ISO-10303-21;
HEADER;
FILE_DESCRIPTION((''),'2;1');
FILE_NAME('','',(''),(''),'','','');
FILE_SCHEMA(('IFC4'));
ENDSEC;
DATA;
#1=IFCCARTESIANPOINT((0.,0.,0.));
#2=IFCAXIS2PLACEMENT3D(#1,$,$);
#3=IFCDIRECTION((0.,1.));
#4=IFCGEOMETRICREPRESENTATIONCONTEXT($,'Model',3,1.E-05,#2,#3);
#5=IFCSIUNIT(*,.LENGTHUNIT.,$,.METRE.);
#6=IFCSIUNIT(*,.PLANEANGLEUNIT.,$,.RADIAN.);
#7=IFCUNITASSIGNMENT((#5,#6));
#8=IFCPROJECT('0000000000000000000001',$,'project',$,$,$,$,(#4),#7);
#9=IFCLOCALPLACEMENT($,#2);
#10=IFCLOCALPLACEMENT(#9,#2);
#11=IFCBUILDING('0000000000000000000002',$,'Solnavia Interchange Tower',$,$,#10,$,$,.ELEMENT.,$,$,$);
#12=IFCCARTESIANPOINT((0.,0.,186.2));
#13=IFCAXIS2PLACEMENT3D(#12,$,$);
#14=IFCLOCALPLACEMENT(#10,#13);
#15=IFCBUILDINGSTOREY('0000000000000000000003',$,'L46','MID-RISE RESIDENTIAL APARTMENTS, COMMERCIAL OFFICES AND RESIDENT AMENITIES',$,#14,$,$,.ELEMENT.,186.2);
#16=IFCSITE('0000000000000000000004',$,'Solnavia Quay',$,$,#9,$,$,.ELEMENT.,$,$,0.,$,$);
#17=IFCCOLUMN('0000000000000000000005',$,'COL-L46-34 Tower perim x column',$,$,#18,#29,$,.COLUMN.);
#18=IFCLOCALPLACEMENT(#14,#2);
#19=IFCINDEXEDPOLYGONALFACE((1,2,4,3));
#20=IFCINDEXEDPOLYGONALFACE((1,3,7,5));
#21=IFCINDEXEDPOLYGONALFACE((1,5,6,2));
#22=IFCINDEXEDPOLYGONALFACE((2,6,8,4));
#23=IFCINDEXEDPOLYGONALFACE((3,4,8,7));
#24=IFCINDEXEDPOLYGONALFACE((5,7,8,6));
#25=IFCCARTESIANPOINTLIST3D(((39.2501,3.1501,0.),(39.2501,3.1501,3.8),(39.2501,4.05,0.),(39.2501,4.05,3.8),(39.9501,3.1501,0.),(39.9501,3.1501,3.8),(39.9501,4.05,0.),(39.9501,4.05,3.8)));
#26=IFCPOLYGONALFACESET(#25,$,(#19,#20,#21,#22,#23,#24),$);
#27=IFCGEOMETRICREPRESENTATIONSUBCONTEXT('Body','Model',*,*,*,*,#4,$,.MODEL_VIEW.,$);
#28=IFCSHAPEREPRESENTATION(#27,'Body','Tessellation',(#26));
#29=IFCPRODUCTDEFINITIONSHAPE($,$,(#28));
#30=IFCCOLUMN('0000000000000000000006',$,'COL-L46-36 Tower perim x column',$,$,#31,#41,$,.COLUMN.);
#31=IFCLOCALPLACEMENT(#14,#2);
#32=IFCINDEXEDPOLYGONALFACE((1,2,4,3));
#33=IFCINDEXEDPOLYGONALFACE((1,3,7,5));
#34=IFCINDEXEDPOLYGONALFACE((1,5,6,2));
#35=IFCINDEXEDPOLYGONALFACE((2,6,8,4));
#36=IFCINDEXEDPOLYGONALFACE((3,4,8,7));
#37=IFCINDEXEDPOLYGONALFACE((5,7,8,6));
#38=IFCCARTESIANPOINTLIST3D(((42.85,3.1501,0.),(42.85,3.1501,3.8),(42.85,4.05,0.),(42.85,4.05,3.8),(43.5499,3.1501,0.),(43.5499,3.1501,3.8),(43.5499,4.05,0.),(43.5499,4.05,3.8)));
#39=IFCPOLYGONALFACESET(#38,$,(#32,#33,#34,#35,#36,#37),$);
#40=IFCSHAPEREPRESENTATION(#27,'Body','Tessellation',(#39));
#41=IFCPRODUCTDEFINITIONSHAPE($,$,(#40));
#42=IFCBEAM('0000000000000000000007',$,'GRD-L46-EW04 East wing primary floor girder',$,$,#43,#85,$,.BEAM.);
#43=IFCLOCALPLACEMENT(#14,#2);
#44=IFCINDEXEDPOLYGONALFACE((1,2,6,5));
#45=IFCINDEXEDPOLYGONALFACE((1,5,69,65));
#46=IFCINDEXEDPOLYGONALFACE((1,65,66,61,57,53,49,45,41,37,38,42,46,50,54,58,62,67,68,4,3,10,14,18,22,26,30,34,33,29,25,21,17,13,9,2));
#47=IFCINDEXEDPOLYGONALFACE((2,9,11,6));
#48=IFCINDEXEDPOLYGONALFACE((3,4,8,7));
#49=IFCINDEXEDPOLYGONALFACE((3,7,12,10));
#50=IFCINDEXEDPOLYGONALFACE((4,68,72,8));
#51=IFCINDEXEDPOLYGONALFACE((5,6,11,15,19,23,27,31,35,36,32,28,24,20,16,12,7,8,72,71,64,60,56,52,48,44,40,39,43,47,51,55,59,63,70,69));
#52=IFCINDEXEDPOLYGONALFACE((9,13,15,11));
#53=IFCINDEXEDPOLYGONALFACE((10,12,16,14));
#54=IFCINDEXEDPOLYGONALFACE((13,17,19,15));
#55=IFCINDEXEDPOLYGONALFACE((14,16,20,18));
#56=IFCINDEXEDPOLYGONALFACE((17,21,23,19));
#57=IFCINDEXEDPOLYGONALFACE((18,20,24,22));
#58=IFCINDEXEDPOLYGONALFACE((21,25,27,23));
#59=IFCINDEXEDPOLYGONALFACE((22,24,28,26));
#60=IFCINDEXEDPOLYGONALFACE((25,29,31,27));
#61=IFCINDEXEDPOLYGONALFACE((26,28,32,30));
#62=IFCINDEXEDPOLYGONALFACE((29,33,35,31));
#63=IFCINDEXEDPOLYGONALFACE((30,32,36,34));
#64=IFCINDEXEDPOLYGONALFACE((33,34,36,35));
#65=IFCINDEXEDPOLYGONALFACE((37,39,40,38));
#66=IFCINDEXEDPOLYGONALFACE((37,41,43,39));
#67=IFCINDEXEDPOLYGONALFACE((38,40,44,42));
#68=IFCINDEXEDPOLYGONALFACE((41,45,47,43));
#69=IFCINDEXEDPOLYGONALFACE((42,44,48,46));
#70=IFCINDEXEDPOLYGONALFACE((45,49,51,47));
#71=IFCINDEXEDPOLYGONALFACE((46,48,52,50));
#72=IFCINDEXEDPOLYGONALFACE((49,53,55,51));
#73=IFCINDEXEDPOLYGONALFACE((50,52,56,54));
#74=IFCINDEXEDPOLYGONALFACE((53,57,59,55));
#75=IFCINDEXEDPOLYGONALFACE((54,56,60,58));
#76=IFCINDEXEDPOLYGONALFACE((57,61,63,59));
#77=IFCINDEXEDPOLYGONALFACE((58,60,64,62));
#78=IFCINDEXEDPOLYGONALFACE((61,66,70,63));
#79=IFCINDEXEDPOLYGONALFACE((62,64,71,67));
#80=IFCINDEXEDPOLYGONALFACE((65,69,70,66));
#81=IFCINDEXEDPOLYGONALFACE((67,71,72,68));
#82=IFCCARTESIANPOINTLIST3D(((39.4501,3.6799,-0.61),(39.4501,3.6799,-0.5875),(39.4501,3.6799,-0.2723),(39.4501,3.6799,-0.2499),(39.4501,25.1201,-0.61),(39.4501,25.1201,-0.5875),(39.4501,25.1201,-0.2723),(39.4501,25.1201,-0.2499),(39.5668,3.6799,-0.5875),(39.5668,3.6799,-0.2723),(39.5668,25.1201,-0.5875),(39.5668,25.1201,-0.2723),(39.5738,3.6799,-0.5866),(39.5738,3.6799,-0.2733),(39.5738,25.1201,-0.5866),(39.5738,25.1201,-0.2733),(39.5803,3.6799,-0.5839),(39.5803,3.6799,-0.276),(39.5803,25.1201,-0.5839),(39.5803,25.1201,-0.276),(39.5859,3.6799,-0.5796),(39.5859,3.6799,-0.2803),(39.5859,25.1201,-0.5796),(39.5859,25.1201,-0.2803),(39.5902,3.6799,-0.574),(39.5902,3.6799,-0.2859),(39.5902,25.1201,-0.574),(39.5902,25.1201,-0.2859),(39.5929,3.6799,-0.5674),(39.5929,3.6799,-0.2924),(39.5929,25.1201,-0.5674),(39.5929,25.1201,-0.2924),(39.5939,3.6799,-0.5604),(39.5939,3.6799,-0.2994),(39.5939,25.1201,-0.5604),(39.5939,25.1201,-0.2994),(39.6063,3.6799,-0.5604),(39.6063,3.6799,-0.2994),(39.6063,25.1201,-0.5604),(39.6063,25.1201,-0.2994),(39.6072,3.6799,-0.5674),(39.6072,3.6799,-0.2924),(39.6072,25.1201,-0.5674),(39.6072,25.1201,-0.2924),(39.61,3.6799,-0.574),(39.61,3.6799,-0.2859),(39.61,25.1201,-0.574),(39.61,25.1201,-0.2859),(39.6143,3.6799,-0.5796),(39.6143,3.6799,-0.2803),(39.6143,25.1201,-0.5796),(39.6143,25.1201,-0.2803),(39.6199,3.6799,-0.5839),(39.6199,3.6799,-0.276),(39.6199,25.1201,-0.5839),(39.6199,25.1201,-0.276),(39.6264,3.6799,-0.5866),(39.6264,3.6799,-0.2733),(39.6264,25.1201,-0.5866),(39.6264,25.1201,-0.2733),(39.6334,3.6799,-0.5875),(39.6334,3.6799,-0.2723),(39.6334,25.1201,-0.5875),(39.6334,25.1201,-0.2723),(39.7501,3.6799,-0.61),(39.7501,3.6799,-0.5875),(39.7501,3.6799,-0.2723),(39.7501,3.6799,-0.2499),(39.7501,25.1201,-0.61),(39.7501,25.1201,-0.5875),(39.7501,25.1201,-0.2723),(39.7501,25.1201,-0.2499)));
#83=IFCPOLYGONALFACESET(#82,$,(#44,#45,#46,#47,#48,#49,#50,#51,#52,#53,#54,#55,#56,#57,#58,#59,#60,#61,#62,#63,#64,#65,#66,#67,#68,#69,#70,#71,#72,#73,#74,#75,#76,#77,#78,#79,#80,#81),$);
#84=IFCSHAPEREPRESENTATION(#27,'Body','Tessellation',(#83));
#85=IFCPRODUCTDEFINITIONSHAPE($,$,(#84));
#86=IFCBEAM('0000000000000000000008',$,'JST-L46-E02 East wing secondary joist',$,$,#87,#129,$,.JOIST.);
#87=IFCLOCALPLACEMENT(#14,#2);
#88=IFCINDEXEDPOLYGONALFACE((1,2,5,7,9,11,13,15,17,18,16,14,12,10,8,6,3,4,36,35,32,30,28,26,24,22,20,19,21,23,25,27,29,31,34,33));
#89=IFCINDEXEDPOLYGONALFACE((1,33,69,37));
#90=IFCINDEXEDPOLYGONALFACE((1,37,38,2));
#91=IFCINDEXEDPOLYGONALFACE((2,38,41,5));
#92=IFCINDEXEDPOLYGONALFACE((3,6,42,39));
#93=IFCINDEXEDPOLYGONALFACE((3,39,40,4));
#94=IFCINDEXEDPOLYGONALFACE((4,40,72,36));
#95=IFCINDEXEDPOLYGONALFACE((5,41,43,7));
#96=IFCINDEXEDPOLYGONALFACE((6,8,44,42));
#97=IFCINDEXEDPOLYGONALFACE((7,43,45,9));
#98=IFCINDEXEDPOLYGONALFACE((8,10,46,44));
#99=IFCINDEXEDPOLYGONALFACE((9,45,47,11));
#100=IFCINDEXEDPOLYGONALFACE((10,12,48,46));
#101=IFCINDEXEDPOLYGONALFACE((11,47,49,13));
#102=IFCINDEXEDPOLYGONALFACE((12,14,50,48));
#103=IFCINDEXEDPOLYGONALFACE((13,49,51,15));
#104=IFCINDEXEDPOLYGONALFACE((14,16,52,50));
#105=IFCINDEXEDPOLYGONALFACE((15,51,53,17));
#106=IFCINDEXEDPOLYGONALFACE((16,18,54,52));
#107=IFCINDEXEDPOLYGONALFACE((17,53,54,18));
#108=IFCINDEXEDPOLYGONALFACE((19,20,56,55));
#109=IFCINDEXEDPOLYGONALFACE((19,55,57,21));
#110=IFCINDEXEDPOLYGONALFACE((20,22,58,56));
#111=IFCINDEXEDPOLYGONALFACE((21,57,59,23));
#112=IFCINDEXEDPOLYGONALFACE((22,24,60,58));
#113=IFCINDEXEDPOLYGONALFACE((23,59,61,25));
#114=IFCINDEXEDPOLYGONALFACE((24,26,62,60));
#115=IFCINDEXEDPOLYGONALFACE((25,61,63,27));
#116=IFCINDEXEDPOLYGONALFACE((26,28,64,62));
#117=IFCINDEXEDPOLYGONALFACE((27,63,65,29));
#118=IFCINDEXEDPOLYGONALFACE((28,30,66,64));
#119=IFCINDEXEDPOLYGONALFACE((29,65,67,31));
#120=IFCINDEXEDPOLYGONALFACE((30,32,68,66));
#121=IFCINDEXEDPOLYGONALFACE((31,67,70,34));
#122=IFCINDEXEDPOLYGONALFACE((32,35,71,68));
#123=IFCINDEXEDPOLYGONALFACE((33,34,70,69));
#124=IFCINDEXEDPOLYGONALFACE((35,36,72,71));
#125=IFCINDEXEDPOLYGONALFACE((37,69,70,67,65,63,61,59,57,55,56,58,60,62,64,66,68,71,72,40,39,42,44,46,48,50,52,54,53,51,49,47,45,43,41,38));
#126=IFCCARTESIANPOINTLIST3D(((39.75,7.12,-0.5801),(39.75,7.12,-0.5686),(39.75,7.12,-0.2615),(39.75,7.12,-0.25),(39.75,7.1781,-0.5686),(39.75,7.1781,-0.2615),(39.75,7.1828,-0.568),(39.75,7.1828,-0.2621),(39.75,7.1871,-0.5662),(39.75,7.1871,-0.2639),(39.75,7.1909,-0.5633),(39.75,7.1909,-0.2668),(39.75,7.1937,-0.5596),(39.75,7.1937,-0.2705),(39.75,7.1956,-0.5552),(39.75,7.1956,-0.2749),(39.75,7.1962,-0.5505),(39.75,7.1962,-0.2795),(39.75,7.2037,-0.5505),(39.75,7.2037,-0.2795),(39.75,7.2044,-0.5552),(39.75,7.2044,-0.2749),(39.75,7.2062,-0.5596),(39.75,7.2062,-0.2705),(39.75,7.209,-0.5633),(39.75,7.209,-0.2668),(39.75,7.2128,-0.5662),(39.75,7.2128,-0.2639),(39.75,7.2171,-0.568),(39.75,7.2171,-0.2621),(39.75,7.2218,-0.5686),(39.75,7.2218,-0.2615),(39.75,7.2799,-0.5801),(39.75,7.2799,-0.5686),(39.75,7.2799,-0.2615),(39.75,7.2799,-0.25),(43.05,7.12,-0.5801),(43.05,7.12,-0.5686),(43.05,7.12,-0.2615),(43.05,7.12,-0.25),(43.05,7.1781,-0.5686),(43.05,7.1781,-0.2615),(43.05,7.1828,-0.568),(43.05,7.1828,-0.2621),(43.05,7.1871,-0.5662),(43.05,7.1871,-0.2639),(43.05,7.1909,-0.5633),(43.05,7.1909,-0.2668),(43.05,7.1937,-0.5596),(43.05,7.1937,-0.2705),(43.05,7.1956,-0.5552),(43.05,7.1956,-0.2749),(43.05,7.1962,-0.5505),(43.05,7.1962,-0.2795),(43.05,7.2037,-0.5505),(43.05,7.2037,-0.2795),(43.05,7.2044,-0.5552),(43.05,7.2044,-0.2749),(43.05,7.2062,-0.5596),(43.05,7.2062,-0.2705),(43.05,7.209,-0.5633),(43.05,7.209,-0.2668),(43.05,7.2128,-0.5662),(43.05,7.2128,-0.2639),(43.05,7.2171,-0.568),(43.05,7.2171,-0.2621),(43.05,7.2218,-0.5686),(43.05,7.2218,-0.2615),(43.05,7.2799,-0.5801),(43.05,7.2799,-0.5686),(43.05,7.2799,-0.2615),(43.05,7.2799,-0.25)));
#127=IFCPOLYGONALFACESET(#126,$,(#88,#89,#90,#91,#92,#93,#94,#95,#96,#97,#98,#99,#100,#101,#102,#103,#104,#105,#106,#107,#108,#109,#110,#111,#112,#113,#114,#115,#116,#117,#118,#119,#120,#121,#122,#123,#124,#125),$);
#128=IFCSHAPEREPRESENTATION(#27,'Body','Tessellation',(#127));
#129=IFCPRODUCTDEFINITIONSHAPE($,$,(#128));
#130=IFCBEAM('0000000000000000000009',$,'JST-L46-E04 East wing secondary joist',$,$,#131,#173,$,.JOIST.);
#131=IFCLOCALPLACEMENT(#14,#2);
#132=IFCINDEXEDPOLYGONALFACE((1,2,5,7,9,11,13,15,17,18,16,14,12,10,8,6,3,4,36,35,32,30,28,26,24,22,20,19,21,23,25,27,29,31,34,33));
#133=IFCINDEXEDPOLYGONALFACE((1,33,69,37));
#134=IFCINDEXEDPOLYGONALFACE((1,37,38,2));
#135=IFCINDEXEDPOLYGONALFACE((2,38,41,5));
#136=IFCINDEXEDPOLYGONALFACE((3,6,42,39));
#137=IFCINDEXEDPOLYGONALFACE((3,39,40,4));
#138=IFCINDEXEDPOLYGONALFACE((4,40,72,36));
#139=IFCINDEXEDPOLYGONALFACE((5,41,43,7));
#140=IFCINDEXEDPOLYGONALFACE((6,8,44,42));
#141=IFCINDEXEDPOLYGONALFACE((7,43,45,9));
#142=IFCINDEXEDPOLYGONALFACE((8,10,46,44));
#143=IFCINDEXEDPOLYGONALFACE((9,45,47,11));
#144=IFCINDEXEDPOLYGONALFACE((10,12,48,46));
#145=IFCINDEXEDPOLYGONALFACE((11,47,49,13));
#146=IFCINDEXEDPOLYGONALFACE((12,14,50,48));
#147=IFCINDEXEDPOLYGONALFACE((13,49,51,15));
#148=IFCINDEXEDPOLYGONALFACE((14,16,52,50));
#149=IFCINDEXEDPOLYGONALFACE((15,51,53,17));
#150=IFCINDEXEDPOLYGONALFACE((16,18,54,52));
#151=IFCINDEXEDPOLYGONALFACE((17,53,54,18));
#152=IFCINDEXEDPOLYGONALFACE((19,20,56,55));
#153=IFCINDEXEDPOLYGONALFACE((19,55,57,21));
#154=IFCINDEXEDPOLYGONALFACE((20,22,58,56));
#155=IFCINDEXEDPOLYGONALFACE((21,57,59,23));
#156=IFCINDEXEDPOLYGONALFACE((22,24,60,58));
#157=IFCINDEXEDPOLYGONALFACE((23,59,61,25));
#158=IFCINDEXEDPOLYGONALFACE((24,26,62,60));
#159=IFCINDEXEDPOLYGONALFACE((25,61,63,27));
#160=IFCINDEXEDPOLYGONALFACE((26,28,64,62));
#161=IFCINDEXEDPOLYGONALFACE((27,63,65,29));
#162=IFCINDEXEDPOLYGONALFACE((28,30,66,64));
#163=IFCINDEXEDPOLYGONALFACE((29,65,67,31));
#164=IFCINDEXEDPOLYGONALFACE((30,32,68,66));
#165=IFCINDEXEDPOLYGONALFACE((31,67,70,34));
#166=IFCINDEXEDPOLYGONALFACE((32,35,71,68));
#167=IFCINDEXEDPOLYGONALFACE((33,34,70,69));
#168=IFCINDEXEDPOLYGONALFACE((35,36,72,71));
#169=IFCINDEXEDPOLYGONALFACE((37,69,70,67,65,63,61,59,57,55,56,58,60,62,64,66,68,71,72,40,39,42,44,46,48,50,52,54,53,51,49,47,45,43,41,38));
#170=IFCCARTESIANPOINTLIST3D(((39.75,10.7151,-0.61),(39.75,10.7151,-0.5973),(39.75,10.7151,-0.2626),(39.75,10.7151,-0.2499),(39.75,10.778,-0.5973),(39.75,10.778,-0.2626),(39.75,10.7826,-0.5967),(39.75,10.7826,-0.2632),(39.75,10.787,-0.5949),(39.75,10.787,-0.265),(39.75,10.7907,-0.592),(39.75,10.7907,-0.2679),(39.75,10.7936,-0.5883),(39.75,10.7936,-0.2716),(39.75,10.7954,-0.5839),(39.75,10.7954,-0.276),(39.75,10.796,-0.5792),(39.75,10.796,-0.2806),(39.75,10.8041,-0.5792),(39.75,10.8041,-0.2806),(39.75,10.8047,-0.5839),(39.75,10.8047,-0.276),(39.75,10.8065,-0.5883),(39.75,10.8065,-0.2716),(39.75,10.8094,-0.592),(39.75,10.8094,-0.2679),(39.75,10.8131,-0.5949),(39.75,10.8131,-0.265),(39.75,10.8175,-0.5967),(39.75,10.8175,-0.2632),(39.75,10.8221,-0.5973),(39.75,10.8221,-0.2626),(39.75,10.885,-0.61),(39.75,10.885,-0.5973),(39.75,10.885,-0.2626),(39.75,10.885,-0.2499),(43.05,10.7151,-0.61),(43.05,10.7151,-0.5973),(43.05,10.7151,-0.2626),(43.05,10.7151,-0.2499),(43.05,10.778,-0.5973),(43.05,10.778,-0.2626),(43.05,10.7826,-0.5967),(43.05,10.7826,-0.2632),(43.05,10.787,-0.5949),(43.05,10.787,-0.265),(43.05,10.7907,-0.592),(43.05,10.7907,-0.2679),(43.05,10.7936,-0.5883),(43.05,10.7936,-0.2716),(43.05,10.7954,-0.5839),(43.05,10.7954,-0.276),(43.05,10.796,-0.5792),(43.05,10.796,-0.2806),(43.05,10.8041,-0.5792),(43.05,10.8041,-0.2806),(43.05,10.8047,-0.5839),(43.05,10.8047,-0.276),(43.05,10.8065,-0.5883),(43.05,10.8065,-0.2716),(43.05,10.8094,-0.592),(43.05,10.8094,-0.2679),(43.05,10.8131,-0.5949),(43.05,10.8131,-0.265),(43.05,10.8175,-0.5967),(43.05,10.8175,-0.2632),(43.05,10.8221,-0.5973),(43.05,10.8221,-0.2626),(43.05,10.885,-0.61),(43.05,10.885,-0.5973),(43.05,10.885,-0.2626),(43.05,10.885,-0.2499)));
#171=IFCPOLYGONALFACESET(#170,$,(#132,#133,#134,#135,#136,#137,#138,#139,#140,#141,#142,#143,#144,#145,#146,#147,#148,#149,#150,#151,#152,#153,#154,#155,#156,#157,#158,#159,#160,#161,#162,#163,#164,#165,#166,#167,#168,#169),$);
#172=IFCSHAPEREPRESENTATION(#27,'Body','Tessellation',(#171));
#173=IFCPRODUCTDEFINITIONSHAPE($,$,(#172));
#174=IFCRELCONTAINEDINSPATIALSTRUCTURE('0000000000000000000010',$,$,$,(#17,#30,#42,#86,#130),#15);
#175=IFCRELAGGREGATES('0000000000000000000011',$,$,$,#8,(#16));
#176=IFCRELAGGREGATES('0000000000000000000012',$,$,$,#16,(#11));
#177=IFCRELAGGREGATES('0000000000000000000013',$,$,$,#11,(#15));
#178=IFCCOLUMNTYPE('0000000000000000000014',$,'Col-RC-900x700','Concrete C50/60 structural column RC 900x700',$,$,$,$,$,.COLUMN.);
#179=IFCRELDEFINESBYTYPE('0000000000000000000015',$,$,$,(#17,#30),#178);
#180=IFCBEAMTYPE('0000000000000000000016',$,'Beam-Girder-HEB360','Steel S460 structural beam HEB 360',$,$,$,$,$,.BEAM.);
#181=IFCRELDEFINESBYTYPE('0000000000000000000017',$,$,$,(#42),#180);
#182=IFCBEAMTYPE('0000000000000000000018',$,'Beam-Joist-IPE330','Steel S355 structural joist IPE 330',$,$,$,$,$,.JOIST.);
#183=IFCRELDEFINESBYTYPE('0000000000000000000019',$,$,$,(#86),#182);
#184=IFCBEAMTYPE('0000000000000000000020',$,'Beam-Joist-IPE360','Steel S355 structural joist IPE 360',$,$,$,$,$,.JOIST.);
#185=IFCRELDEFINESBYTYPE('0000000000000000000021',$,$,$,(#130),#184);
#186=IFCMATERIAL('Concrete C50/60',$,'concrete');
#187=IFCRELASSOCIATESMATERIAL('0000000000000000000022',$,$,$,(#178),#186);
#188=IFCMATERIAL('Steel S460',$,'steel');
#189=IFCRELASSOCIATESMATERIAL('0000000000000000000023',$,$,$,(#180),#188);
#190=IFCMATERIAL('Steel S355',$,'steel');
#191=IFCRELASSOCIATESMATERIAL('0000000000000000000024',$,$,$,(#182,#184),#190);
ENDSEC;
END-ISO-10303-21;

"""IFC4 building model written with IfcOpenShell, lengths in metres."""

from ifc_helpers import new_model, si_unit, direction, frame, origin, origin_2d, place, context, subcontext, project, spatial, rectangle, i_section, extrude, material, material_profile, profile_set, type_object, element, save


model = new_model("IFC4")

# Units and contexts
model_context = context("Model", 3, precision=1e-05, world=origin(), true_north=direction((0.0, 1.0)))
body_context = subcontext(model_context, "Body", "Model", "MODEL_VIEW")
ifc_project = project(units=[si_unit("LENGTHUNIT", "METRE"), si_unit("PLANEANGLEUNIT", "RADIAN")], contexts=[model_context])

# Site, building, storey
site_placement = place(None, origin())
site = spatial("IfcSite", under=ifc_project, at=site_placement, Name="Solnavia Quay", CompositionType="ELEMENT", RefElevation=0.0)
building_placement = place(site_placement, origin())
building = spatial("IfcBuilding", under=site, at=building_placement, Name="Solnavia Interchange Tower", CompositionType="ELEMENT")
storey_placement = place(building_placement, frame((0.0, 0.0, 186.2)))
storey = spatial("IfcBuildingStorey", under=building, at=storey_placement, Name="L46", Description="MID-RISE RESIDENTIAL APARTMENTS, COMMERCIAL OFFICES AND RESIDENT AMENITIES", CompositionType="ELEMENT", Elevation=186.2)

# Columns
ifc_material_1 = material(Name="Concrete C50/60", Category="concrete")
ifc_material_profile_1 = material_profile(ifc_material_1, rectangle(XDim=0.7, YDim=0.8999, at=origin_2d()), Name="RC 900x700")
ifc_profile_set_1 = profile_set([ifc_material_profile_1], Name="Concrete C50/60")
column_type = type_object("IfcColumnType", Name="Col-RC-900x700", Description="Concrete C50/60 structural column RC 900x700", PredefinedType="COLUMN", material=ifc_profile_set_1)
for number, where, z_axis, x_axis, name in (
    (1, (39.6001, 3.6001, 0.0), (0.0, 0.0, 1.0), (1.0, 0.0, 0.0), "COL-L46-34 Tower perim x column"),
    (2, (43.2, 3.6001, 0.0), (0.0, 0.0, 1.0), (1.0, 0.0, 0.0), "COL-L46-36 Tower perim x column"),
):
    element("IfcColumn", number, at=place(storey_placement, frame(where, z_axis=z_axis, x_axis=x_axis)), inside=storey, type_object=column_type, Name=name, PredefinedType="COLUMN", context=body_context, shape_type="SweptSolid", body=[
        extrude(rectangle(XDim=0.7, YDim=0.8999, at=origin_2d()), origin(), (0.0, 0.0, 1.0), 3.8),
    ])

# Beams
ifc_material_2 = material(Name="Steel S460", Category="steel")
ifc_material_profile_2 = material_profile(ifc_material_2, i_section(OverallWidth=0.3, OverallDepth=0.3601, WebThickness=0.0125, FlangeThickness=0.0225, FilletRadius=0.0271, at=origin_2d()), Name="HEB 360")
ifc_profile_set_2 = profile_set([ifc_material_profile_2], Name="Steel S460")
beam_type_1 = type_object("IfcBeamType", Name="Beam-Girder-HEB360", Description="Steel S460 structural beam HEB 360", PredefinedType="BEAM", material=ifc_profile_set_2)
beam_1_placement = place(storey_placement, frame((39.6001, 3.6799, -0.4299), z_axis=(0.0, 1.0, 0.0), x_axis=(-1.0, 0.0, 0.0)))
element("IfcBeam", 3, at=beam_1_placement, inside=storey, type_object=beam_type_1, Name="GRD-L46-EW04 East wing primary floor girder", PredefinedType="BEAM", context=body_context, shape_type="SweptSolid", body=[
    extrude(i_section(OverallWidth=0.3, OverallDepth=0.3601, WebThickness=0.0125, FlangeThickness=0.0225, FilletRadius=0.0271, at=origin_2d()), origin(), (0.0, 0.0, 1.0), 21.4402),
])
ifc_material_3 = material(Name="Steel S355", Category="steel")
ifc_material_profile_3 = material_profile(ifc_material_3, i_section(OverallWidth=0.1599, OverallDepth=0.3301, WebThickness=0.0076, FlangeThickness=0.0115, FilletRadius=0.0181, at=origin_2d()), Name="IPE 330")
ifc_profile_set_3 = profile_set([ifc_material_profile_3], Name="Steel S355")
beam_type_2 = type_object("IfcBeamType", Name="Beam-Joist-IPE330", Description="Steel S355 structural joist IPE 330", PredefinedType="JOIST", material=ifc_profile_set_3)
beam_2_placement = place(storey_placement, frame((39.75, 7.2, -0.415), z_axis=(1.0, 0.0, 0.0), x_axis=(0.0, 1.0, 0.0)))
element("IfcBeam", 4, at=beam_2_placement, inside=storey, type_object=beam_type_2, Name="JST-L46-E02 East wing secondary joist", PredefinedType="JOIST", context=body_context, shape_type="SweptSolid", body=[
    extrude(i_section(OverallWidth=0.1599, OverallDepth=0.3301, WebThickness=0.0076, FlangeThickness=0.0115, FilletRadius=0.0181, at=origin_2d()), origin(), (0.0, 0.0, 1.0), 3.3),
])
ifc_material_profile_4 = material_profile(ifc_material_3, i_section(OverallWidth=0.1699, OverallDepth=0.3601, WebThickness=0.0081, FlangeThickness=0.0127, FilletRadius=0.0181, at=origin_2d()), Name="IPE 360")
ifc_profile_set_4 = profile_set([ifc_material_profile_4], Name="Steel S355")
beam_type_3 = type_object("IfcBeamType", Name="Beam-Joist-IPE360", Description="Steel S355 structural joist IPE 360", PredefinedType="JOIST", material=ifc_profile_set_4)
beam_3_placement = place(storey_placement, frame((39.75, 10.8, -0.4299), z_axis=(1.0, 0.0, 0.0), x_axis=(0.0, 1.0, 0.0)))
element("IfcBeam", 5, at=beam_3_placement, inside=storey, type_object=beam_type_3, Name="JST-L46-E04 East wing secondary joist", PredefinedType="JOIST", context=body_context, shape_type="SweptSolid", body=[
    extrude(i_section(OverallWidth=0.1699, OverallDepth=0.3601, WebThickness=0.0081, FlangeThickness=0.0127, FilletRadius=0.0181, at=origin_2d()), origin(), (0.0, 0.0, 1.0), 3.3),
])

save(model, "model.ifc")
